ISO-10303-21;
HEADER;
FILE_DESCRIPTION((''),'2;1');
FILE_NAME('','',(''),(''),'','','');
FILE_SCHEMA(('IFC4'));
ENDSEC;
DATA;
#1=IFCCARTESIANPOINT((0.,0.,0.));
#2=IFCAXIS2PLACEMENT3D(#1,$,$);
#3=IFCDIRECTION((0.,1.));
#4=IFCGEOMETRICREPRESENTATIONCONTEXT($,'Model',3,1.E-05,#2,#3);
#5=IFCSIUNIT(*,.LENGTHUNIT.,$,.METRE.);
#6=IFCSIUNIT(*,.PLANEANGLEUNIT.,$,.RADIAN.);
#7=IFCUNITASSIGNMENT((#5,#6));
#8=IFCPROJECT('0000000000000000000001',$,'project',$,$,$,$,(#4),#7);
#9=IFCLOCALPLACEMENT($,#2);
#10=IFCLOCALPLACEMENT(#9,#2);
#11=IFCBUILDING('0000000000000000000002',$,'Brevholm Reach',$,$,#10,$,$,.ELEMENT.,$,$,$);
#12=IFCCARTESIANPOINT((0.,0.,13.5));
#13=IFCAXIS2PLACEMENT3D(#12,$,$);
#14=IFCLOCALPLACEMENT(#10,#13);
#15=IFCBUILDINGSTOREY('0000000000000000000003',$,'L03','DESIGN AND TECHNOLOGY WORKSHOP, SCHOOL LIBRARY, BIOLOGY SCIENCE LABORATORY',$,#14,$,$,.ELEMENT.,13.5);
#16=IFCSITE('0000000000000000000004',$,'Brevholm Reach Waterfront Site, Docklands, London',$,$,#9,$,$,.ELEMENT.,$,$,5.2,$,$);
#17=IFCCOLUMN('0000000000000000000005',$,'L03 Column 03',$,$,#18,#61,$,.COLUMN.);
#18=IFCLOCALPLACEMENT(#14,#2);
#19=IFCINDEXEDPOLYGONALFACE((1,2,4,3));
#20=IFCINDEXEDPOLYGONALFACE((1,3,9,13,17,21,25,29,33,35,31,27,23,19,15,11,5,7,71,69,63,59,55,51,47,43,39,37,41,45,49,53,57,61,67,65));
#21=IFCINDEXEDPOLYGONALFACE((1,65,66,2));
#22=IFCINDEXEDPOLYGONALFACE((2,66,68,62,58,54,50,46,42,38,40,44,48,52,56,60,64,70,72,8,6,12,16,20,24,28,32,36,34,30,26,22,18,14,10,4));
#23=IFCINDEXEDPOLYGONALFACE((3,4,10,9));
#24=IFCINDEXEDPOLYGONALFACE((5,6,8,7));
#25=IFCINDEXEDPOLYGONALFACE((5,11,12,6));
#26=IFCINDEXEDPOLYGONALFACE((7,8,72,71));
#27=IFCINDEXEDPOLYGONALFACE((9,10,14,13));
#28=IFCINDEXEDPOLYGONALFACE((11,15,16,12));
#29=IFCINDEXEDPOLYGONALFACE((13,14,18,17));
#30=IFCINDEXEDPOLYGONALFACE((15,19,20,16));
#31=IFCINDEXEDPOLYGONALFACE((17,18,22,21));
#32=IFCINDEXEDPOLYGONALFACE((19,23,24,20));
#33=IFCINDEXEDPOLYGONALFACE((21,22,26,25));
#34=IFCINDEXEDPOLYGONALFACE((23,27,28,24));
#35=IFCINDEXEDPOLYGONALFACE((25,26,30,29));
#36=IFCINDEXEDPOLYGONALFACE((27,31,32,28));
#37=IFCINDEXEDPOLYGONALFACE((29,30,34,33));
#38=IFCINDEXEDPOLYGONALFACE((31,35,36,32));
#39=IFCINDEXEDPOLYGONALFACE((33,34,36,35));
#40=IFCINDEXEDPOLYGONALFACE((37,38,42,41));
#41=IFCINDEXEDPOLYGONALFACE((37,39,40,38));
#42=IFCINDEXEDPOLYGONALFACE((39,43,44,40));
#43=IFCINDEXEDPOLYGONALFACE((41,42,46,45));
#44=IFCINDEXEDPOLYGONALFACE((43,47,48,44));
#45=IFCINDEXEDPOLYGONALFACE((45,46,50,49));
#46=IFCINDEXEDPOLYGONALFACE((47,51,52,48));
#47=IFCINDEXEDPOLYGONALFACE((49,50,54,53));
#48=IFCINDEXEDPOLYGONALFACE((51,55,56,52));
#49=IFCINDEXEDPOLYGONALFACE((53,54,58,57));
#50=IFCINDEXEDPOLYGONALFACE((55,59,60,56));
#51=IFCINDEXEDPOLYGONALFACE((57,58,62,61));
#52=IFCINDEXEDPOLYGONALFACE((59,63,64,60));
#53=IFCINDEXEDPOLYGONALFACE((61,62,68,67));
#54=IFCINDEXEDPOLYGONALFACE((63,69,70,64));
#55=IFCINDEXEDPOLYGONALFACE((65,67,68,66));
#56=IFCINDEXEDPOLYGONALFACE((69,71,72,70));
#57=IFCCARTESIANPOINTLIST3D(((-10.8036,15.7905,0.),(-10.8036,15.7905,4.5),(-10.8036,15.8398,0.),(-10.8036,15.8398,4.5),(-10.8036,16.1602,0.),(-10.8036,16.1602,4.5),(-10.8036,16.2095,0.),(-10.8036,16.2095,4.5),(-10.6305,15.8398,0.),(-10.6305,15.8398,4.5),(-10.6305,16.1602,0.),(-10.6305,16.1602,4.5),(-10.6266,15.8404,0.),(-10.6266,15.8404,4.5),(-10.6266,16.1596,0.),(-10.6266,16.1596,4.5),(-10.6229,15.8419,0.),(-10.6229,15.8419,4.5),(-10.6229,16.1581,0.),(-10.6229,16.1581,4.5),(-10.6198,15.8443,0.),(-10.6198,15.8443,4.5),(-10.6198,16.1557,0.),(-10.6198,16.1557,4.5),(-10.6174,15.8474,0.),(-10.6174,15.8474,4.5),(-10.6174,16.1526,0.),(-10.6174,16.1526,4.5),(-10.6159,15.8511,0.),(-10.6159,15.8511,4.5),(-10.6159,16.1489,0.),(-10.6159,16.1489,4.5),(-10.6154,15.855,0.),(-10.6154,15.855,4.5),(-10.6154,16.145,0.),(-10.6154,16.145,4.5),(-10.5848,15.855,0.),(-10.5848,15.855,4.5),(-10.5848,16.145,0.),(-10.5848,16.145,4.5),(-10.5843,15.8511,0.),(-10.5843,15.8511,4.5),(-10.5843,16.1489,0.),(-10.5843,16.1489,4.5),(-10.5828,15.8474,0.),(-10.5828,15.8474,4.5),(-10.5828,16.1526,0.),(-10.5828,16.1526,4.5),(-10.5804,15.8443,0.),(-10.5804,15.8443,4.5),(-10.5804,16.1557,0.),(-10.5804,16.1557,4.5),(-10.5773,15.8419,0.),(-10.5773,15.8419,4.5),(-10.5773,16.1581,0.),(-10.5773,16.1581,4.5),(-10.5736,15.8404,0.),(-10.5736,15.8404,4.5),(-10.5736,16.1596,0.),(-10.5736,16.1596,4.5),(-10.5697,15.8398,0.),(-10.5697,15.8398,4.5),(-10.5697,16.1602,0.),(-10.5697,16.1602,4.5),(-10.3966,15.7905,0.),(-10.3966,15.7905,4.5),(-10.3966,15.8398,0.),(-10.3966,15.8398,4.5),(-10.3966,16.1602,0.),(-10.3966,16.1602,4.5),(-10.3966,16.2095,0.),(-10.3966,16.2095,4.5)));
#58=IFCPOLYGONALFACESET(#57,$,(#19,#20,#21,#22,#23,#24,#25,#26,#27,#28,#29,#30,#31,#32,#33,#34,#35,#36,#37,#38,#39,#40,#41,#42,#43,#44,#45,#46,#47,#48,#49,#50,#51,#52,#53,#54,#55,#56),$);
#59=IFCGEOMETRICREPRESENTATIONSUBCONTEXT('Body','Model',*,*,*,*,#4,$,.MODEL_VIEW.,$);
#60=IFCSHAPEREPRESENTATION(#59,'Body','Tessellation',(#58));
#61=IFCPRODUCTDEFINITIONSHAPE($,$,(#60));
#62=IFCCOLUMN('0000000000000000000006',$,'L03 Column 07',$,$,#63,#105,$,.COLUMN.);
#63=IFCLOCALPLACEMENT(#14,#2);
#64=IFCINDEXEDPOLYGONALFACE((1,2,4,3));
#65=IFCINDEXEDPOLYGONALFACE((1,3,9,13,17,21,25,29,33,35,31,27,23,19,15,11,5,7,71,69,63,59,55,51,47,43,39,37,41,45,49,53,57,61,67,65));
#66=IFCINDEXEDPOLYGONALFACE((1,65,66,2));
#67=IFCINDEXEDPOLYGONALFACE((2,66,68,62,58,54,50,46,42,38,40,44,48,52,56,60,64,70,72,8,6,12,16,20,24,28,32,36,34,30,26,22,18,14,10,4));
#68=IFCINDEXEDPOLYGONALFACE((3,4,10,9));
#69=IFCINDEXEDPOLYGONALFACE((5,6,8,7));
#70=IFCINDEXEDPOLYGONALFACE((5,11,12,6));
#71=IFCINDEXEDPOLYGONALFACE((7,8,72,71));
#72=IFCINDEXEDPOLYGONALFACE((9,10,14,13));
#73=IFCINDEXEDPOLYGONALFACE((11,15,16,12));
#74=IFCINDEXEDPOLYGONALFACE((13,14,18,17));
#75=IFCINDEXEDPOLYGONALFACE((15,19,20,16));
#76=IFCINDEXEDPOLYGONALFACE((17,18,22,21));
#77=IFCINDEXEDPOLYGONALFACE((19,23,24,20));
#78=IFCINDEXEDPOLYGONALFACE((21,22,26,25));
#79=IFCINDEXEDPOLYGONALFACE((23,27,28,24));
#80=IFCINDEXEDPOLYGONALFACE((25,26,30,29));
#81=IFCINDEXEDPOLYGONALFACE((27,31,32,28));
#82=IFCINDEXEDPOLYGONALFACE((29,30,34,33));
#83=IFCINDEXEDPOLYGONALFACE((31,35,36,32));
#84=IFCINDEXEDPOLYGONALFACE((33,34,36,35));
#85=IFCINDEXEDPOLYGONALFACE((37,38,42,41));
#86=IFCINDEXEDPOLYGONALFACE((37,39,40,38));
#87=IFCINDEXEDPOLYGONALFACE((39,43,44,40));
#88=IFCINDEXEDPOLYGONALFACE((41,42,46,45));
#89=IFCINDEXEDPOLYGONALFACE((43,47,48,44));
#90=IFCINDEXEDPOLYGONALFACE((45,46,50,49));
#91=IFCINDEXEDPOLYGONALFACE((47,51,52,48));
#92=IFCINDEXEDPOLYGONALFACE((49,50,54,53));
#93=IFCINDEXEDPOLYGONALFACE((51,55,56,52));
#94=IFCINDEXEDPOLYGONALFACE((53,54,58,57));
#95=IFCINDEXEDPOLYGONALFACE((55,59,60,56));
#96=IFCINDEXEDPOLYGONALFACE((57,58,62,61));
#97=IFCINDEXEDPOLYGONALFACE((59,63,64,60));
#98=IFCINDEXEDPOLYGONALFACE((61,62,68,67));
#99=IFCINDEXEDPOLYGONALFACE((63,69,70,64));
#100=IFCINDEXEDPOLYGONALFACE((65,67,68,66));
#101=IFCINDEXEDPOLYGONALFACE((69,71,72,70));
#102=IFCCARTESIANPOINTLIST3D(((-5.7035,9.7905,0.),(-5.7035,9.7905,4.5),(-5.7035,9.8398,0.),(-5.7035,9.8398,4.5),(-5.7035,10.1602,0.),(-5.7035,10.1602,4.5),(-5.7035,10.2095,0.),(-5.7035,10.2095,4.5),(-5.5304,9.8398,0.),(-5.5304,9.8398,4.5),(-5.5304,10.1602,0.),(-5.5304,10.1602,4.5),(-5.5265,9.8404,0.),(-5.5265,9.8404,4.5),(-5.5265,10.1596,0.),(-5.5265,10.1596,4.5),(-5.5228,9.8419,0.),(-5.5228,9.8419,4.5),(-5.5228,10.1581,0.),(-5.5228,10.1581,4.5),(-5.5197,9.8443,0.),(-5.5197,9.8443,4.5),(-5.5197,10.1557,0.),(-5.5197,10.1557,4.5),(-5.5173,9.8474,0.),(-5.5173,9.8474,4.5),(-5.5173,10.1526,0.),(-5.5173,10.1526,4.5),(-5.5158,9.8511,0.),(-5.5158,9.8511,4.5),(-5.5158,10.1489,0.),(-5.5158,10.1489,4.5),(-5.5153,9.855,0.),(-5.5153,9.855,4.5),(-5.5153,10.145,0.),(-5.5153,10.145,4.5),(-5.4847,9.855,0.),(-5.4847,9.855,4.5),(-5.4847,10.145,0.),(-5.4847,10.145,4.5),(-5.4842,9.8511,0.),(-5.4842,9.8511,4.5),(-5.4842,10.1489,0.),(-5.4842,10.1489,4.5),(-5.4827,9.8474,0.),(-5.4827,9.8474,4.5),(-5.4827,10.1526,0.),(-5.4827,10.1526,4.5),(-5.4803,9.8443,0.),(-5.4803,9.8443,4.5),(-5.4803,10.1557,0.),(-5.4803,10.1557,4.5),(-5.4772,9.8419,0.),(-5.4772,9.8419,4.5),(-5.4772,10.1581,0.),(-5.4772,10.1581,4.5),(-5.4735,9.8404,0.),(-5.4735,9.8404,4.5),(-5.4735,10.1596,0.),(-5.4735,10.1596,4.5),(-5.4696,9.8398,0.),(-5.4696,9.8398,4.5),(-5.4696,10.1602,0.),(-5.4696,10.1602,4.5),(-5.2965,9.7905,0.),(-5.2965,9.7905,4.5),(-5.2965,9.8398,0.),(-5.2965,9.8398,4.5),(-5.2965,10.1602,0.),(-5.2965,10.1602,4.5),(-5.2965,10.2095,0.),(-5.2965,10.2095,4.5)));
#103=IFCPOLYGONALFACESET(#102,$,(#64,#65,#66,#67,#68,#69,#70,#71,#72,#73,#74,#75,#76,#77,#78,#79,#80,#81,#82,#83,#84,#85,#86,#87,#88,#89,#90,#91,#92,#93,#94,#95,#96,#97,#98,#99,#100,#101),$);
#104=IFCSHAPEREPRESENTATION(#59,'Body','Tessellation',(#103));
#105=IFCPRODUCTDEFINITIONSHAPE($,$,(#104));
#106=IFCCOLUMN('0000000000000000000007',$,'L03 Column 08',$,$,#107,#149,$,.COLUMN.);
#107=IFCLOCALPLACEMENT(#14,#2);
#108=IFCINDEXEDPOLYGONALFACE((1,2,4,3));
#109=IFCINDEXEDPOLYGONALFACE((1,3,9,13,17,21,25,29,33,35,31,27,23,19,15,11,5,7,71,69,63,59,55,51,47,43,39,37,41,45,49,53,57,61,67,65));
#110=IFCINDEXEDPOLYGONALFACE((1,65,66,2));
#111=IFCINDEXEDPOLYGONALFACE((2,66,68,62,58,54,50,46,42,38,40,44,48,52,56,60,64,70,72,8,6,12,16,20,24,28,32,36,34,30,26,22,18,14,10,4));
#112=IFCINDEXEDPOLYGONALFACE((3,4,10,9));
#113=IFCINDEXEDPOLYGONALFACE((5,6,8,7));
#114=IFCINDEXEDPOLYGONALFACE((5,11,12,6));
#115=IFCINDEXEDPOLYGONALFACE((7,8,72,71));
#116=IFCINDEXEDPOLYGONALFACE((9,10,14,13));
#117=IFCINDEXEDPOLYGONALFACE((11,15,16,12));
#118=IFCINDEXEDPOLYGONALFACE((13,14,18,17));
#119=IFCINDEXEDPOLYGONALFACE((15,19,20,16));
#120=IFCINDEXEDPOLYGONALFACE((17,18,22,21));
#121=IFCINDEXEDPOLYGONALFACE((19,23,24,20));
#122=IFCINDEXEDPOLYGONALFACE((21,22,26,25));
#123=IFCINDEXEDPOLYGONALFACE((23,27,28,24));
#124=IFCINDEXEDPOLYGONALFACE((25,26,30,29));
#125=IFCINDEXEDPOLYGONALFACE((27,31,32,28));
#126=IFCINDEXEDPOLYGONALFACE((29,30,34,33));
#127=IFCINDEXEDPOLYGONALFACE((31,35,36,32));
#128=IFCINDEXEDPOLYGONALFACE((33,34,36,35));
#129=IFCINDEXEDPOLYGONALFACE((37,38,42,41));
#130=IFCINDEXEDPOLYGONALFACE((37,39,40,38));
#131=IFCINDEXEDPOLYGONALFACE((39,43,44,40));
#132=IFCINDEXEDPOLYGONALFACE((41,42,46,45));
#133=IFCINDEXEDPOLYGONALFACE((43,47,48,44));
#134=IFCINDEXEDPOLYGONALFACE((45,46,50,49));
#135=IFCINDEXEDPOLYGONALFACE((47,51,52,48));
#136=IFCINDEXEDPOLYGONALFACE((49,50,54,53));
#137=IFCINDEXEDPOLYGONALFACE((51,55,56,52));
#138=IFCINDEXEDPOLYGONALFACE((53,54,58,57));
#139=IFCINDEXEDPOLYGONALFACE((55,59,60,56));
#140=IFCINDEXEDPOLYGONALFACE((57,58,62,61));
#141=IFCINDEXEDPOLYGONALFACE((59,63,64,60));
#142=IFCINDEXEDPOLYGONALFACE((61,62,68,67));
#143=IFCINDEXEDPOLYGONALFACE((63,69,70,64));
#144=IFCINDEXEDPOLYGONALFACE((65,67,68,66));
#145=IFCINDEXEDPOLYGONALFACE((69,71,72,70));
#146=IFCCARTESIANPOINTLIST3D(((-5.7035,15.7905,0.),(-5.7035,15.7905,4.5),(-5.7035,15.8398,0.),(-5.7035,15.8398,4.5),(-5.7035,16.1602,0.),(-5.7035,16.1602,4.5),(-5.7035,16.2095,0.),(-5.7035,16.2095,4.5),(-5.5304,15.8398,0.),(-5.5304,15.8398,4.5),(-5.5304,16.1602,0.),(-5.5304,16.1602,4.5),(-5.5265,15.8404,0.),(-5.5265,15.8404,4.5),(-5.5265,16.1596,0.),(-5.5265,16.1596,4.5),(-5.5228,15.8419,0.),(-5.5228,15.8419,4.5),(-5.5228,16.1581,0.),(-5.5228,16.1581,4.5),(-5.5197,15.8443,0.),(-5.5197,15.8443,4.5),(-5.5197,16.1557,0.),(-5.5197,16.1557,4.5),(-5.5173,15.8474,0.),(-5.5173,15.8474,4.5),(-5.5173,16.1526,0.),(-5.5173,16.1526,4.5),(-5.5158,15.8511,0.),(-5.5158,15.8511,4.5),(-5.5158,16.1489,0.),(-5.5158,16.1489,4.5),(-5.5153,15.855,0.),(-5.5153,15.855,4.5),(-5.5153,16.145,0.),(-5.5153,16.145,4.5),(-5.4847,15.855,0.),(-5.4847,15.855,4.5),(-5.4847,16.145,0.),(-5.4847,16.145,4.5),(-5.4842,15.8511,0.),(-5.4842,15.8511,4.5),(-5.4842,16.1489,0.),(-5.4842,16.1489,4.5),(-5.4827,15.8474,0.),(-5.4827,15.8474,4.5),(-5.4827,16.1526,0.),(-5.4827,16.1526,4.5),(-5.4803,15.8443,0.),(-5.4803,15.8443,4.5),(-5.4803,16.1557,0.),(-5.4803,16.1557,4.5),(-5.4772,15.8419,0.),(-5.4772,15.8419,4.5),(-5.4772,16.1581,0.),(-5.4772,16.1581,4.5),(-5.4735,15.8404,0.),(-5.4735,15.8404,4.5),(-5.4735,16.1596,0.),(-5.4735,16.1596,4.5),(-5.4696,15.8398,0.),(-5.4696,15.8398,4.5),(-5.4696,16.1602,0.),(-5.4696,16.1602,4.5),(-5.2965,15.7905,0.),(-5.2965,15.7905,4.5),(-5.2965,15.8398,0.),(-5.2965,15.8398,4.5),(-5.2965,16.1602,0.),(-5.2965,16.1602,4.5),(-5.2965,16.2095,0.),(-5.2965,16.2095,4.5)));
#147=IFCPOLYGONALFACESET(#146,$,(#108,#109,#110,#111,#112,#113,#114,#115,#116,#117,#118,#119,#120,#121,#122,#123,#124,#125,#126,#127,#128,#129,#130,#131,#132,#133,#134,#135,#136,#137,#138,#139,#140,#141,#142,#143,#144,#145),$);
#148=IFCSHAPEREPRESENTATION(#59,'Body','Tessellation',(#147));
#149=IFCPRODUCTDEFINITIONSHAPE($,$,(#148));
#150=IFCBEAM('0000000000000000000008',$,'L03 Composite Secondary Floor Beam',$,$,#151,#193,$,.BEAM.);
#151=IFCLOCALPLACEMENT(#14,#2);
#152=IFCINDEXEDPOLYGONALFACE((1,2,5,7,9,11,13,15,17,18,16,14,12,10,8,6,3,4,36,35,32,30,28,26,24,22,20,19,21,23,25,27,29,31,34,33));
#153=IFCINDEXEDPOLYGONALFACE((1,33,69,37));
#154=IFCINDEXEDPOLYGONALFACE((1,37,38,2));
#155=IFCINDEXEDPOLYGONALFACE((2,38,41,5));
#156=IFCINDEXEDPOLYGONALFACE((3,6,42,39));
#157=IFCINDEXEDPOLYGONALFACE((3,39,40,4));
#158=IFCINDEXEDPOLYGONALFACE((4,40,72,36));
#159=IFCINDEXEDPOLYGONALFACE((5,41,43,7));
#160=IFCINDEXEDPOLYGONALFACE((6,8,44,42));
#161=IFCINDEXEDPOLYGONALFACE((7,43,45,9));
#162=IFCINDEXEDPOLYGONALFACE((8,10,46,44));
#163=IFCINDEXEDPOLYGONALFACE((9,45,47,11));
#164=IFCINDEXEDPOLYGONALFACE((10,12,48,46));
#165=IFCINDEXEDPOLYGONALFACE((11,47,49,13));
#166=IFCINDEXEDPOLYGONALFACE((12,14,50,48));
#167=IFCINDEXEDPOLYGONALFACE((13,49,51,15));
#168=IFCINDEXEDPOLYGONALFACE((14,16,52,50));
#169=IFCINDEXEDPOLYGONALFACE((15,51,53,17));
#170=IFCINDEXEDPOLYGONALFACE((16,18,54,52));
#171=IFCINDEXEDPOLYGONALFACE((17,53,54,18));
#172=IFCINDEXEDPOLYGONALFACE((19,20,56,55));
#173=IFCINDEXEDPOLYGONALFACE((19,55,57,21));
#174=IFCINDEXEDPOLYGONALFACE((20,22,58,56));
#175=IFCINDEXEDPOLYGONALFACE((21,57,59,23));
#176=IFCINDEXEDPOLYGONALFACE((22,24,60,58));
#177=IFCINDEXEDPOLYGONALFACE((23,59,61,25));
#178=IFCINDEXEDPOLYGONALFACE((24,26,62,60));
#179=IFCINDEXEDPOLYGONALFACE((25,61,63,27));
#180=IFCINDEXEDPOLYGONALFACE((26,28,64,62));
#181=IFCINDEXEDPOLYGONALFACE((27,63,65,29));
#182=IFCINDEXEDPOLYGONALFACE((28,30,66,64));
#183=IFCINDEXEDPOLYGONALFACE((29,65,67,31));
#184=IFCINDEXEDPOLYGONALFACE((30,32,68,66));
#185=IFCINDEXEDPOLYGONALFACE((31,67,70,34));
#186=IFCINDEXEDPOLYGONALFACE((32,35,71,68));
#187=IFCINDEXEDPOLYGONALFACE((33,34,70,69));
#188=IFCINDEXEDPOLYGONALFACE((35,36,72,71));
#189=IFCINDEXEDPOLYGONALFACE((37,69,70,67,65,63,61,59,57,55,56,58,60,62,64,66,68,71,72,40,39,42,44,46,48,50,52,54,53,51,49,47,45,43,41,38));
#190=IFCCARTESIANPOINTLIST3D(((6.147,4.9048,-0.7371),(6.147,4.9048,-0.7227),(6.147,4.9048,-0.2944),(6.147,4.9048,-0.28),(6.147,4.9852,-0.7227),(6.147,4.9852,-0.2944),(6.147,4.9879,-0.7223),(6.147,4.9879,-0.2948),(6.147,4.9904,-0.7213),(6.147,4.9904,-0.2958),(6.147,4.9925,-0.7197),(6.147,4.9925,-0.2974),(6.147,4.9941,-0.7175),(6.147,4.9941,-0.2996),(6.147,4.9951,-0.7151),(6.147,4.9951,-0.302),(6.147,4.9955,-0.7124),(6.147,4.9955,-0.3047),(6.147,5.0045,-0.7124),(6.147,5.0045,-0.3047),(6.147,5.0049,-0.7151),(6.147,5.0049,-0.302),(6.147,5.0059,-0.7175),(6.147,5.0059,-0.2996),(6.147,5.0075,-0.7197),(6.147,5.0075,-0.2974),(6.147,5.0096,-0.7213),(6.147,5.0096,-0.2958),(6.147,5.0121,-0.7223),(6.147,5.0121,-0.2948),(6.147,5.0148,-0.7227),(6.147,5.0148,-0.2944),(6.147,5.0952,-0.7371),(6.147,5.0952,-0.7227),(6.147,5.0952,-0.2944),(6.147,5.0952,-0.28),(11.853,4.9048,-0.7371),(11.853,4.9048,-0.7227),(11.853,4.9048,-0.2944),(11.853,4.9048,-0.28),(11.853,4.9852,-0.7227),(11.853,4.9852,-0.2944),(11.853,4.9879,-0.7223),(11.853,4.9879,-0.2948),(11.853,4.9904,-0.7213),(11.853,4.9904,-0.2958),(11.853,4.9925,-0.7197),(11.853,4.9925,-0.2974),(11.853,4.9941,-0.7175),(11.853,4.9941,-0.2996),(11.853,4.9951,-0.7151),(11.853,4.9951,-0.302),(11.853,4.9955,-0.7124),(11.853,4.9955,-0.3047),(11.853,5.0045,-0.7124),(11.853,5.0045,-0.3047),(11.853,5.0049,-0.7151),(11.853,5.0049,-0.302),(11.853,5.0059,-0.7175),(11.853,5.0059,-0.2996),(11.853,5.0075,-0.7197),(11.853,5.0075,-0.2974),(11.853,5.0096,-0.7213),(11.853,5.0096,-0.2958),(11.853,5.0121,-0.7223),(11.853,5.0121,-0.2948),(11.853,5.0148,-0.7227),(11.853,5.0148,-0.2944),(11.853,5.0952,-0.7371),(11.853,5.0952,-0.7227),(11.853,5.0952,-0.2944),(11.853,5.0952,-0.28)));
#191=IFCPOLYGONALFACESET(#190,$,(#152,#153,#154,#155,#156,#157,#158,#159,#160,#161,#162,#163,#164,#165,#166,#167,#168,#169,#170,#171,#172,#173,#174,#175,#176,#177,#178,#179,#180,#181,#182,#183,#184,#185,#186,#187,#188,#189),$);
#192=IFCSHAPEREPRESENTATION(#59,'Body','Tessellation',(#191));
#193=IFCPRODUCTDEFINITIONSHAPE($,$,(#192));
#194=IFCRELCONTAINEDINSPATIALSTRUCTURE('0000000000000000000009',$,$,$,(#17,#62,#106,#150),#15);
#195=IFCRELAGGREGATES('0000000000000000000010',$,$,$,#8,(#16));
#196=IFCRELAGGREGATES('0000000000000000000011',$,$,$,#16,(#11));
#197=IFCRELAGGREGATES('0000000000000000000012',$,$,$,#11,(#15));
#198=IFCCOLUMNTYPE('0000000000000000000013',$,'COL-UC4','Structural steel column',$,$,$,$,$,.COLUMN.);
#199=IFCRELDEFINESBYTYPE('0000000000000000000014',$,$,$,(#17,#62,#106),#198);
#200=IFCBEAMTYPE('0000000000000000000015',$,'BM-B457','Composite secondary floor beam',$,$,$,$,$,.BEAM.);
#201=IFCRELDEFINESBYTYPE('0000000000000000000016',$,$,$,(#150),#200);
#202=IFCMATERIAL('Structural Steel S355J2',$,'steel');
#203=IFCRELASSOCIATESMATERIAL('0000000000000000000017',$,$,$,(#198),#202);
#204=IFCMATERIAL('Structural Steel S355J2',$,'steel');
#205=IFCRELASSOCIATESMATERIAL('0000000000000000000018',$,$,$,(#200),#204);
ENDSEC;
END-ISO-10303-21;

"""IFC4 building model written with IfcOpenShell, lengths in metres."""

from ifc_helpers import new_model, si_unit, direction, frame, origin, origin_2d, place, context, subcontext, project, spatial, i_section, extrude, material, material_profile, profile_set, type_object, element, save


model = new_model("IFC4")

# Units and contexts
model_context = context("Model", 3, precision=1e-05, world=origin(), true_north=direction((0.0, 1.0)))
body_context = subcontext(model_context, "Body", "Model", "MODEL_VIEW")
ifc_project = project(units=[si_unit("LENGTHUNIT", "METRE"), si_unit("PLANEANGLEUNIT", "RADIAN")], contexts=[model_context])

# Site, building, storey
site_placement = place(None, origin())
site = spatial("IfcSite", under=ifc_project, at=site_placement, Name="Brevholm Reach Waterfront Site, Docklands, London", CompositionType="ELEMENT", RefElevation=5.2)
building_placement = place(site_placement, origin())
building = spatial("IfcBuilding", under=site, at=building_placement, Name="Brevholm Reach", CompositionType="ELEMENT")
storey_placement = place(building_placement, frame((0.0, 0.0, 13.5)))
storey = spatial("IfcBuildingStorey", under=building, at=storey_placement, Name="L03", Description="DESIGN AND TECHNOLOGY WORKSHOP, SCHOOL LIBRARY, BIOLOGY SCIENCE LABORATORY", CompositionType="ELEMENT", Elevation=13.5)

# Columns
ifc_material_1 = material(Name="Structural Steel S355J2", Category="steel")
ifc_material_profile_1 = material_profile(ifc_material_1, i_section(OverallWidth=0.407, OverallDepth=0.4189, WebThickness=0.0305, FlangeThickness=0.0493, FilletRadius=0.0151, at=origin_2d()), Name="UKC 356x406x393")
ifc_profile_set_1 = profile_set([ifc_material_profile_1], Name="Structural Steel S355J2")
column_type_1 = type_object("IfcColumnType", Name="COL-UC4", Description="Structural steel column", PredefinedType="COLUMN", material=ifc_profile_set_1)
for number, where, z_axis, x_axis, name in (
    (1, (-10.6001, 16.0, 0.0), (0.0, 0.0, 1.0), (1.0, 0.0, 0.0), "L03 Column 03"),
    (2, (-5.5, 10.0, 0.0), (0.0, 0.0, 1.0), (1.0, 0.0, 0.0), "L03 Column 07"),
    (3, (-5.5, 16.0, 0.0), (0.0, 0.0, 1.0), (1.0, 0.0, 0.0), "L03 Column 08"),
):
    element("IfcColumn", number, at=place(storey_placement, frame(where, z_axis=z_axis, x_axis=x_axis)), inside=storey, type_object=column_type_1, Name=name, PredefinedType="COLUMN", context=body_context, shape_type="SweptSolid", body=[
        extrude(i_section(OverallWidth=0.407, OverallDepth=0.4189, WebThickness=0.0305, FlangeThickness=0.0493, FilletRadius=0.0151, at=origin_2d()), origin(), (0.0, 0.0, 1.0), 4.5),
    ])

# Beam
ifc_material_2 = material(Name="Structural Steel S355J2", Category="steel")
ifc_material_profile_2 = material_profile(ifc_material_2, i_section(OverallWidth=0.1904, OverallDepth=0.457, WebThickness=0.009, FlangeThickness=0.0144, FilletRadius=0.0103, at=origin_2d()), Name="UKB 457x191x74")
ifc_profile_set_2 = profile_set([ifc_material_profile_2], Name="Structural Steel S355J2")
beam_type_1 = type_object("IfcBeamType", Name="BM-B457", Description="Composite secondary floor beam", PredefinedType="BEAM", material=ifc_profile_set_2)
beam_1_placement = place(storey_placement, frame((6.147, 5.0, -0.5085), z_axis=(1.0, 0.0, 0.0), x_axis=(0.0, 1.0, 0.0)))
element("IfcBeam", 4, at=beam_1_placement, inside=storey, type_object=beam_type_1, Name="L03 Composite Secondary Floor Beam", PredefinedType="BEAM", context=body_context, shape_type="SweptSolid", body=[
    extrude(i_section(OverallWidth=0.1904, OverallDepth=0.457, WebThickness=0.009, FlangeThickness=0.0144, FilletRadius=0.0103, at=origin_2d()), origin(), (0.0, 0.0, 1.0), 5.7061),
])

save(model, "model.ifc")
